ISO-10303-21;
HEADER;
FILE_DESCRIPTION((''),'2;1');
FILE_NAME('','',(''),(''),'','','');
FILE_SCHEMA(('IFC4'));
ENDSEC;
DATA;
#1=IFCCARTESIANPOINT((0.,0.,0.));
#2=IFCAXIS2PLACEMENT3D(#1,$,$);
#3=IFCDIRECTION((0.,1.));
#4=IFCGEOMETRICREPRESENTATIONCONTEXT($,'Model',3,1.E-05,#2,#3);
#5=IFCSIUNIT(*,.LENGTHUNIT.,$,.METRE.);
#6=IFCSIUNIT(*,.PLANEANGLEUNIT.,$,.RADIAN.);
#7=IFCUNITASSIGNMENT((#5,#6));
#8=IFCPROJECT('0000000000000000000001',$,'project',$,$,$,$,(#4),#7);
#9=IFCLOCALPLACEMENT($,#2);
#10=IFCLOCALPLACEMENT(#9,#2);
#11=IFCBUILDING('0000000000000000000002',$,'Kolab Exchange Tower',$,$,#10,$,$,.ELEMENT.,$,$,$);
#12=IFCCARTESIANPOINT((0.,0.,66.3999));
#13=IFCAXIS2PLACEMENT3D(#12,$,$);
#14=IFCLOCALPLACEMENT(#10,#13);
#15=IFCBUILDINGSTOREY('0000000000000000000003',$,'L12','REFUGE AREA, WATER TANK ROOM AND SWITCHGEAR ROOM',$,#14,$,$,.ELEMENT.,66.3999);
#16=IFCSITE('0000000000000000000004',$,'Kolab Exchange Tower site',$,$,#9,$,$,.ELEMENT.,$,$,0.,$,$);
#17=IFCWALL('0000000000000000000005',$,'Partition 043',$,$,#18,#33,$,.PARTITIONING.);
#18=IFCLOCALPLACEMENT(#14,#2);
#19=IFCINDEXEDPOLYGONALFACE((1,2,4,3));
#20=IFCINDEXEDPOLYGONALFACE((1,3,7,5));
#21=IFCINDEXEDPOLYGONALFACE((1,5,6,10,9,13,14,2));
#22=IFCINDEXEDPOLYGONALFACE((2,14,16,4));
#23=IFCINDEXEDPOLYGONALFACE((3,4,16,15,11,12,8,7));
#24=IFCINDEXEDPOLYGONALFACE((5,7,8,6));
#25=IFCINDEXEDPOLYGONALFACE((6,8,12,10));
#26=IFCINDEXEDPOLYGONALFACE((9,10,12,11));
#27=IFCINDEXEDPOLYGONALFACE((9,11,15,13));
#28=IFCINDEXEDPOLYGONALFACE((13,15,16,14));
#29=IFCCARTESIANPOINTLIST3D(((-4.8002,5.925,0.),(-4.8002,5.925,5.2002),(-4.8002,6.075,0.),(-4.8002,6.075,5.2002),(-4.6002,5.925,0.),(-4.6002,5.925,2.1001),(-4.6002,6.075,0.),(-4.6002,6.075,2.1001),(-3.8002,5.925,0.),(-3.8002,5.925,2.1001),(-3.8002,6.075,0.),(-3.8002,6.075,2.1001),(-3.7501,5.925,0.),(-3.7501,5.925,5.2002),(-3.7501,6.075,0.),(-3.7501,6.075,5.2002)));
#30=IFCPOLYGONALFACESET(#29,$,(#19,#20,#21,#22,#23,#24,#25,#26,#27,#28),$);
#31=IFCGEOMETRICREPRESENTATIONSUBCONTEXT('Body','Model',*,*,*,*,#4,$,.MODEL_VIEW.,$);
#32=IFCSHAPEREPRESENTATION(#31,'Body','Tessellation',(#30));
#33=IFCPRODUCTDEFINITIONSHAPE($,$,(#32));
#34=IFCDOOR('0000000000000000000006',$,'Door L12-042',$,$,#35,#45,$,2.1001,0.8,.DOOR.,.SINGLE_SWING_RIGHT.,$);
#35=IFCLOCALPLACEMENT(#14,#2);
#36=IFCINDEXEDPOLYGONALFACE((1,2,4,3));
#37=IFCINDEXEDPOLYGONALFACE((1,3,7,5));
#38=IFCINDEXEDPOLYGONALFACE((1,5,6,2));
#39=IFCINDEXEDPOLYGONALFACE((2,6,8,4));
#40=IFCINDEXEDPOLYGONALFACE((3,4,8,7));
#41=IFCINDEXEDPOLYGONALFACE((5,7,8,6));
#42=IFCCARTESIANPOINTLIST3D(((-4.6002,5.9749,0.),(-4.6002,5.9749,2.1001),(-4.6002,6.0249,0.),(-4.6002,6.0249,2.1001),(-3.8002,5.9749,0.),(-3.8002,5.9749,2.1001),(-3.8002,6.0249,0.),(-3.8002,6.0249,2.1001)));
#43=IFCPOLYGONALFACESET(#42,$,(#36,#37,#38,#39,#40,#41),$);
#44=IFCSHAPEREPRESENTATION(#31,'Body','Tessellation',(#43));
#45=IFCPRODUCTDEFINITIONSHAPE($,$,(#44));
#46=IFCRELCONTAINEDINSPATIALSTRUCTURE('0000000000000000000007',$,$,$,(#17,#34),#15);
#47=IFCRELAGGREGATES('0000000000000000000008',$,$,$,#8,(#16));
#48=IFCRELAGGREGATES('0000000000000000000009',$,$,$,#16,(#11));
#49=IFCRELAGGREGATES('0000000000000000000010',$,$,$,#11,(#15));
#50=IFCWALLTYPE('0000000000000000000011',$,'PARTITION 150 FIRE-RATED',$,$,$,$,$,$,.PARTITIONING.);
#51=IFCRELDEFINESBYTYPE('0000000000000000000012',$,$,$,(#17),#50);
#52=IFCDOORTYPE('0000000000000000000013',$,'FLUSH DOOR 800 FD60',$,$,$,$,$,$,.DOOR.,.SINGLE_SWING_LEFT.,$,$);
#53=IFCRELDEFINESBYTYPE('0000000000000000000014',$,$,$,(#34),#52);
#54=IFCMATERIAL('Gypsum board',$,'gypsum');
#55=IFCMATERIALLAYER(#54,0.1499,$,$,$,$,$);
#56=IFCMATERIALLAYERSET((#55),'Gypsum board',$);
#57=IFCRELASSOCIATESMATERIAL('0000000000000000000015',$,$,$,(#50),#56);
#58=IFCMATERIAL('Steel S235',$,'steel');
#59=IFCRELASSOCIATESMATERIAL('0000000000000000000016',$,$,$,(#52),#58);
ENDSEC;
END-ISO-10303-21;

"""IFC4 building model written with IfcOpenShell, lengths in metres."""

from ifc_helpers import new_model, si_unit, direction, frame, frame_2d, origin, place, context, subcontext, project, spatial, rectangle, extrude, material, layer, layer_set, type_object, element, fill, save


model = new_model("IFC4")

# Units and contexts
model_context = context("Model", 3, precision=1e-05, world=origin(), true_north=direction((0.0, 1.0)))
body_context = subcontext(model_context, "Body", "Model", "MODEL_VIEW")
ifc_project = project(units=[si_unit("LENGTHUNIT", "METRE"), si_unit("PLANEANGLEUNIT", "RADIAN")], contexts=[model_context])

# Site, building, storey
site_placement = place(None, origin())
site = spatial("IfcSite", under=ifc_project, at=site_placement, Name="Kolab Exchange Tower site", CompositionType="ELEMENT", RefElevation=0.0)
building_placement = place(site_placement, origin())
building = spatial("IfcBuilding", under=site, at=building_placement, Name="Kolab Exchange Tower", CompositionType="ELEMENT")
storey_placement = place(building_placement, frame((0.0, 0.0, 66.3999)))
storey = spatial("IfcBuildingStorey", under=building, at=storey_placement, Name="L12", Description="REFUGE AREA, WATER TANK ROOM AND SWITCHGEAR ROOM", CompositionType="ELEMENT", Elevation=66.3999)

# Shared definitions
ifc_material_1 = material(Name="Steel S235", Category="steel")

# Wall, opening, door
ifc_material_2 = material(Name="Gypsum board", Category="gypsum")
ifc_layer_1 = layer(ifc_material_2, 0.1499)
ifc_layer_set_1 = layer_set([ifc_layer_1], Name="Gypsum board")
wall_type_1 = type_object("IfcWallType", Name="PARTITION 150 FIRE-RATED", PredefinedType="PARTITIONING", material=ifc_layer_set_1)
wall_1_placement = place(storey_placement, frame((-4.8, 6.0, 0.0), z_axis=(0.0, 0.0, 1.0), x_axis=(1.0, 0.0, 0.0)))
wall_1 = element("IfcWall", 1, at=wall_1_placement, inside=storey, type_object=wall_type_1, Name="Partition 043", PredefinedType="PARTITIONING", context=body_context, shape_type="SweptSolid", body=[
    extrude(rectangle(XDim=1.05, YDim=0.1499, at=frame_2d((0.5249, 0.0))), origin(), (0.0, 0.0, 1.0), 5.2002),
])
opening_1_placement = place(wall_1_placement, frame((0.2, 0.0, 0.0)))
opening_1 = element("IfcOpeningElement", 2, at=opening_1_placement, cuts=wall_1, PredefinedType="OPENING", context=body_context, shape_type="SweptSolid", body=[
    extrude(rectangle(XDim=0.8, YDim=2.1001, at=frame_2d((0.3999, 1.05))), frame((0.0, 0.085, 0.0), z_axis=(0.0, -1.0, 0.0), x_axis=(1.0, 0.0, 0.0)), (0.0, 0.0, 1.0), 0.1699),
])
door_type_1 = type_object("IfcDoorType", Name="FLUSH DOOR 800 FD60", OperationType="SINGLE_SWING_LEFT", PredefinedType="DOOR", material=ifc_material_1)
door_1_placement = place(opening_1_placement, origin())
door_1 = element("IfcDoor", 3, at=door_1_placement, inside=storey, type_object=door_type_1, Name="Door L12-042", OperationType="SINGLE_SWING_RIGHT", OverallHeight=2.1001, OverallWidth=0.8, PredefinedType="DOOR", context=body_context, shape_type="SweptSolid", body=[
    extrude(rectangle(XDim=0.8, YDim=2.1001, at=frame_2d((0.3999, 1.05))), frame((0.0, 0.0249, 0.0), z_axis=(0.0, -1.0, 0.0), x_axis=(1.0, 0.0, 0.0)), (0.0, 0.0, 1.0), 0.05),
])
fill(opening_1, door_1)

save(model, "model.ifc")
